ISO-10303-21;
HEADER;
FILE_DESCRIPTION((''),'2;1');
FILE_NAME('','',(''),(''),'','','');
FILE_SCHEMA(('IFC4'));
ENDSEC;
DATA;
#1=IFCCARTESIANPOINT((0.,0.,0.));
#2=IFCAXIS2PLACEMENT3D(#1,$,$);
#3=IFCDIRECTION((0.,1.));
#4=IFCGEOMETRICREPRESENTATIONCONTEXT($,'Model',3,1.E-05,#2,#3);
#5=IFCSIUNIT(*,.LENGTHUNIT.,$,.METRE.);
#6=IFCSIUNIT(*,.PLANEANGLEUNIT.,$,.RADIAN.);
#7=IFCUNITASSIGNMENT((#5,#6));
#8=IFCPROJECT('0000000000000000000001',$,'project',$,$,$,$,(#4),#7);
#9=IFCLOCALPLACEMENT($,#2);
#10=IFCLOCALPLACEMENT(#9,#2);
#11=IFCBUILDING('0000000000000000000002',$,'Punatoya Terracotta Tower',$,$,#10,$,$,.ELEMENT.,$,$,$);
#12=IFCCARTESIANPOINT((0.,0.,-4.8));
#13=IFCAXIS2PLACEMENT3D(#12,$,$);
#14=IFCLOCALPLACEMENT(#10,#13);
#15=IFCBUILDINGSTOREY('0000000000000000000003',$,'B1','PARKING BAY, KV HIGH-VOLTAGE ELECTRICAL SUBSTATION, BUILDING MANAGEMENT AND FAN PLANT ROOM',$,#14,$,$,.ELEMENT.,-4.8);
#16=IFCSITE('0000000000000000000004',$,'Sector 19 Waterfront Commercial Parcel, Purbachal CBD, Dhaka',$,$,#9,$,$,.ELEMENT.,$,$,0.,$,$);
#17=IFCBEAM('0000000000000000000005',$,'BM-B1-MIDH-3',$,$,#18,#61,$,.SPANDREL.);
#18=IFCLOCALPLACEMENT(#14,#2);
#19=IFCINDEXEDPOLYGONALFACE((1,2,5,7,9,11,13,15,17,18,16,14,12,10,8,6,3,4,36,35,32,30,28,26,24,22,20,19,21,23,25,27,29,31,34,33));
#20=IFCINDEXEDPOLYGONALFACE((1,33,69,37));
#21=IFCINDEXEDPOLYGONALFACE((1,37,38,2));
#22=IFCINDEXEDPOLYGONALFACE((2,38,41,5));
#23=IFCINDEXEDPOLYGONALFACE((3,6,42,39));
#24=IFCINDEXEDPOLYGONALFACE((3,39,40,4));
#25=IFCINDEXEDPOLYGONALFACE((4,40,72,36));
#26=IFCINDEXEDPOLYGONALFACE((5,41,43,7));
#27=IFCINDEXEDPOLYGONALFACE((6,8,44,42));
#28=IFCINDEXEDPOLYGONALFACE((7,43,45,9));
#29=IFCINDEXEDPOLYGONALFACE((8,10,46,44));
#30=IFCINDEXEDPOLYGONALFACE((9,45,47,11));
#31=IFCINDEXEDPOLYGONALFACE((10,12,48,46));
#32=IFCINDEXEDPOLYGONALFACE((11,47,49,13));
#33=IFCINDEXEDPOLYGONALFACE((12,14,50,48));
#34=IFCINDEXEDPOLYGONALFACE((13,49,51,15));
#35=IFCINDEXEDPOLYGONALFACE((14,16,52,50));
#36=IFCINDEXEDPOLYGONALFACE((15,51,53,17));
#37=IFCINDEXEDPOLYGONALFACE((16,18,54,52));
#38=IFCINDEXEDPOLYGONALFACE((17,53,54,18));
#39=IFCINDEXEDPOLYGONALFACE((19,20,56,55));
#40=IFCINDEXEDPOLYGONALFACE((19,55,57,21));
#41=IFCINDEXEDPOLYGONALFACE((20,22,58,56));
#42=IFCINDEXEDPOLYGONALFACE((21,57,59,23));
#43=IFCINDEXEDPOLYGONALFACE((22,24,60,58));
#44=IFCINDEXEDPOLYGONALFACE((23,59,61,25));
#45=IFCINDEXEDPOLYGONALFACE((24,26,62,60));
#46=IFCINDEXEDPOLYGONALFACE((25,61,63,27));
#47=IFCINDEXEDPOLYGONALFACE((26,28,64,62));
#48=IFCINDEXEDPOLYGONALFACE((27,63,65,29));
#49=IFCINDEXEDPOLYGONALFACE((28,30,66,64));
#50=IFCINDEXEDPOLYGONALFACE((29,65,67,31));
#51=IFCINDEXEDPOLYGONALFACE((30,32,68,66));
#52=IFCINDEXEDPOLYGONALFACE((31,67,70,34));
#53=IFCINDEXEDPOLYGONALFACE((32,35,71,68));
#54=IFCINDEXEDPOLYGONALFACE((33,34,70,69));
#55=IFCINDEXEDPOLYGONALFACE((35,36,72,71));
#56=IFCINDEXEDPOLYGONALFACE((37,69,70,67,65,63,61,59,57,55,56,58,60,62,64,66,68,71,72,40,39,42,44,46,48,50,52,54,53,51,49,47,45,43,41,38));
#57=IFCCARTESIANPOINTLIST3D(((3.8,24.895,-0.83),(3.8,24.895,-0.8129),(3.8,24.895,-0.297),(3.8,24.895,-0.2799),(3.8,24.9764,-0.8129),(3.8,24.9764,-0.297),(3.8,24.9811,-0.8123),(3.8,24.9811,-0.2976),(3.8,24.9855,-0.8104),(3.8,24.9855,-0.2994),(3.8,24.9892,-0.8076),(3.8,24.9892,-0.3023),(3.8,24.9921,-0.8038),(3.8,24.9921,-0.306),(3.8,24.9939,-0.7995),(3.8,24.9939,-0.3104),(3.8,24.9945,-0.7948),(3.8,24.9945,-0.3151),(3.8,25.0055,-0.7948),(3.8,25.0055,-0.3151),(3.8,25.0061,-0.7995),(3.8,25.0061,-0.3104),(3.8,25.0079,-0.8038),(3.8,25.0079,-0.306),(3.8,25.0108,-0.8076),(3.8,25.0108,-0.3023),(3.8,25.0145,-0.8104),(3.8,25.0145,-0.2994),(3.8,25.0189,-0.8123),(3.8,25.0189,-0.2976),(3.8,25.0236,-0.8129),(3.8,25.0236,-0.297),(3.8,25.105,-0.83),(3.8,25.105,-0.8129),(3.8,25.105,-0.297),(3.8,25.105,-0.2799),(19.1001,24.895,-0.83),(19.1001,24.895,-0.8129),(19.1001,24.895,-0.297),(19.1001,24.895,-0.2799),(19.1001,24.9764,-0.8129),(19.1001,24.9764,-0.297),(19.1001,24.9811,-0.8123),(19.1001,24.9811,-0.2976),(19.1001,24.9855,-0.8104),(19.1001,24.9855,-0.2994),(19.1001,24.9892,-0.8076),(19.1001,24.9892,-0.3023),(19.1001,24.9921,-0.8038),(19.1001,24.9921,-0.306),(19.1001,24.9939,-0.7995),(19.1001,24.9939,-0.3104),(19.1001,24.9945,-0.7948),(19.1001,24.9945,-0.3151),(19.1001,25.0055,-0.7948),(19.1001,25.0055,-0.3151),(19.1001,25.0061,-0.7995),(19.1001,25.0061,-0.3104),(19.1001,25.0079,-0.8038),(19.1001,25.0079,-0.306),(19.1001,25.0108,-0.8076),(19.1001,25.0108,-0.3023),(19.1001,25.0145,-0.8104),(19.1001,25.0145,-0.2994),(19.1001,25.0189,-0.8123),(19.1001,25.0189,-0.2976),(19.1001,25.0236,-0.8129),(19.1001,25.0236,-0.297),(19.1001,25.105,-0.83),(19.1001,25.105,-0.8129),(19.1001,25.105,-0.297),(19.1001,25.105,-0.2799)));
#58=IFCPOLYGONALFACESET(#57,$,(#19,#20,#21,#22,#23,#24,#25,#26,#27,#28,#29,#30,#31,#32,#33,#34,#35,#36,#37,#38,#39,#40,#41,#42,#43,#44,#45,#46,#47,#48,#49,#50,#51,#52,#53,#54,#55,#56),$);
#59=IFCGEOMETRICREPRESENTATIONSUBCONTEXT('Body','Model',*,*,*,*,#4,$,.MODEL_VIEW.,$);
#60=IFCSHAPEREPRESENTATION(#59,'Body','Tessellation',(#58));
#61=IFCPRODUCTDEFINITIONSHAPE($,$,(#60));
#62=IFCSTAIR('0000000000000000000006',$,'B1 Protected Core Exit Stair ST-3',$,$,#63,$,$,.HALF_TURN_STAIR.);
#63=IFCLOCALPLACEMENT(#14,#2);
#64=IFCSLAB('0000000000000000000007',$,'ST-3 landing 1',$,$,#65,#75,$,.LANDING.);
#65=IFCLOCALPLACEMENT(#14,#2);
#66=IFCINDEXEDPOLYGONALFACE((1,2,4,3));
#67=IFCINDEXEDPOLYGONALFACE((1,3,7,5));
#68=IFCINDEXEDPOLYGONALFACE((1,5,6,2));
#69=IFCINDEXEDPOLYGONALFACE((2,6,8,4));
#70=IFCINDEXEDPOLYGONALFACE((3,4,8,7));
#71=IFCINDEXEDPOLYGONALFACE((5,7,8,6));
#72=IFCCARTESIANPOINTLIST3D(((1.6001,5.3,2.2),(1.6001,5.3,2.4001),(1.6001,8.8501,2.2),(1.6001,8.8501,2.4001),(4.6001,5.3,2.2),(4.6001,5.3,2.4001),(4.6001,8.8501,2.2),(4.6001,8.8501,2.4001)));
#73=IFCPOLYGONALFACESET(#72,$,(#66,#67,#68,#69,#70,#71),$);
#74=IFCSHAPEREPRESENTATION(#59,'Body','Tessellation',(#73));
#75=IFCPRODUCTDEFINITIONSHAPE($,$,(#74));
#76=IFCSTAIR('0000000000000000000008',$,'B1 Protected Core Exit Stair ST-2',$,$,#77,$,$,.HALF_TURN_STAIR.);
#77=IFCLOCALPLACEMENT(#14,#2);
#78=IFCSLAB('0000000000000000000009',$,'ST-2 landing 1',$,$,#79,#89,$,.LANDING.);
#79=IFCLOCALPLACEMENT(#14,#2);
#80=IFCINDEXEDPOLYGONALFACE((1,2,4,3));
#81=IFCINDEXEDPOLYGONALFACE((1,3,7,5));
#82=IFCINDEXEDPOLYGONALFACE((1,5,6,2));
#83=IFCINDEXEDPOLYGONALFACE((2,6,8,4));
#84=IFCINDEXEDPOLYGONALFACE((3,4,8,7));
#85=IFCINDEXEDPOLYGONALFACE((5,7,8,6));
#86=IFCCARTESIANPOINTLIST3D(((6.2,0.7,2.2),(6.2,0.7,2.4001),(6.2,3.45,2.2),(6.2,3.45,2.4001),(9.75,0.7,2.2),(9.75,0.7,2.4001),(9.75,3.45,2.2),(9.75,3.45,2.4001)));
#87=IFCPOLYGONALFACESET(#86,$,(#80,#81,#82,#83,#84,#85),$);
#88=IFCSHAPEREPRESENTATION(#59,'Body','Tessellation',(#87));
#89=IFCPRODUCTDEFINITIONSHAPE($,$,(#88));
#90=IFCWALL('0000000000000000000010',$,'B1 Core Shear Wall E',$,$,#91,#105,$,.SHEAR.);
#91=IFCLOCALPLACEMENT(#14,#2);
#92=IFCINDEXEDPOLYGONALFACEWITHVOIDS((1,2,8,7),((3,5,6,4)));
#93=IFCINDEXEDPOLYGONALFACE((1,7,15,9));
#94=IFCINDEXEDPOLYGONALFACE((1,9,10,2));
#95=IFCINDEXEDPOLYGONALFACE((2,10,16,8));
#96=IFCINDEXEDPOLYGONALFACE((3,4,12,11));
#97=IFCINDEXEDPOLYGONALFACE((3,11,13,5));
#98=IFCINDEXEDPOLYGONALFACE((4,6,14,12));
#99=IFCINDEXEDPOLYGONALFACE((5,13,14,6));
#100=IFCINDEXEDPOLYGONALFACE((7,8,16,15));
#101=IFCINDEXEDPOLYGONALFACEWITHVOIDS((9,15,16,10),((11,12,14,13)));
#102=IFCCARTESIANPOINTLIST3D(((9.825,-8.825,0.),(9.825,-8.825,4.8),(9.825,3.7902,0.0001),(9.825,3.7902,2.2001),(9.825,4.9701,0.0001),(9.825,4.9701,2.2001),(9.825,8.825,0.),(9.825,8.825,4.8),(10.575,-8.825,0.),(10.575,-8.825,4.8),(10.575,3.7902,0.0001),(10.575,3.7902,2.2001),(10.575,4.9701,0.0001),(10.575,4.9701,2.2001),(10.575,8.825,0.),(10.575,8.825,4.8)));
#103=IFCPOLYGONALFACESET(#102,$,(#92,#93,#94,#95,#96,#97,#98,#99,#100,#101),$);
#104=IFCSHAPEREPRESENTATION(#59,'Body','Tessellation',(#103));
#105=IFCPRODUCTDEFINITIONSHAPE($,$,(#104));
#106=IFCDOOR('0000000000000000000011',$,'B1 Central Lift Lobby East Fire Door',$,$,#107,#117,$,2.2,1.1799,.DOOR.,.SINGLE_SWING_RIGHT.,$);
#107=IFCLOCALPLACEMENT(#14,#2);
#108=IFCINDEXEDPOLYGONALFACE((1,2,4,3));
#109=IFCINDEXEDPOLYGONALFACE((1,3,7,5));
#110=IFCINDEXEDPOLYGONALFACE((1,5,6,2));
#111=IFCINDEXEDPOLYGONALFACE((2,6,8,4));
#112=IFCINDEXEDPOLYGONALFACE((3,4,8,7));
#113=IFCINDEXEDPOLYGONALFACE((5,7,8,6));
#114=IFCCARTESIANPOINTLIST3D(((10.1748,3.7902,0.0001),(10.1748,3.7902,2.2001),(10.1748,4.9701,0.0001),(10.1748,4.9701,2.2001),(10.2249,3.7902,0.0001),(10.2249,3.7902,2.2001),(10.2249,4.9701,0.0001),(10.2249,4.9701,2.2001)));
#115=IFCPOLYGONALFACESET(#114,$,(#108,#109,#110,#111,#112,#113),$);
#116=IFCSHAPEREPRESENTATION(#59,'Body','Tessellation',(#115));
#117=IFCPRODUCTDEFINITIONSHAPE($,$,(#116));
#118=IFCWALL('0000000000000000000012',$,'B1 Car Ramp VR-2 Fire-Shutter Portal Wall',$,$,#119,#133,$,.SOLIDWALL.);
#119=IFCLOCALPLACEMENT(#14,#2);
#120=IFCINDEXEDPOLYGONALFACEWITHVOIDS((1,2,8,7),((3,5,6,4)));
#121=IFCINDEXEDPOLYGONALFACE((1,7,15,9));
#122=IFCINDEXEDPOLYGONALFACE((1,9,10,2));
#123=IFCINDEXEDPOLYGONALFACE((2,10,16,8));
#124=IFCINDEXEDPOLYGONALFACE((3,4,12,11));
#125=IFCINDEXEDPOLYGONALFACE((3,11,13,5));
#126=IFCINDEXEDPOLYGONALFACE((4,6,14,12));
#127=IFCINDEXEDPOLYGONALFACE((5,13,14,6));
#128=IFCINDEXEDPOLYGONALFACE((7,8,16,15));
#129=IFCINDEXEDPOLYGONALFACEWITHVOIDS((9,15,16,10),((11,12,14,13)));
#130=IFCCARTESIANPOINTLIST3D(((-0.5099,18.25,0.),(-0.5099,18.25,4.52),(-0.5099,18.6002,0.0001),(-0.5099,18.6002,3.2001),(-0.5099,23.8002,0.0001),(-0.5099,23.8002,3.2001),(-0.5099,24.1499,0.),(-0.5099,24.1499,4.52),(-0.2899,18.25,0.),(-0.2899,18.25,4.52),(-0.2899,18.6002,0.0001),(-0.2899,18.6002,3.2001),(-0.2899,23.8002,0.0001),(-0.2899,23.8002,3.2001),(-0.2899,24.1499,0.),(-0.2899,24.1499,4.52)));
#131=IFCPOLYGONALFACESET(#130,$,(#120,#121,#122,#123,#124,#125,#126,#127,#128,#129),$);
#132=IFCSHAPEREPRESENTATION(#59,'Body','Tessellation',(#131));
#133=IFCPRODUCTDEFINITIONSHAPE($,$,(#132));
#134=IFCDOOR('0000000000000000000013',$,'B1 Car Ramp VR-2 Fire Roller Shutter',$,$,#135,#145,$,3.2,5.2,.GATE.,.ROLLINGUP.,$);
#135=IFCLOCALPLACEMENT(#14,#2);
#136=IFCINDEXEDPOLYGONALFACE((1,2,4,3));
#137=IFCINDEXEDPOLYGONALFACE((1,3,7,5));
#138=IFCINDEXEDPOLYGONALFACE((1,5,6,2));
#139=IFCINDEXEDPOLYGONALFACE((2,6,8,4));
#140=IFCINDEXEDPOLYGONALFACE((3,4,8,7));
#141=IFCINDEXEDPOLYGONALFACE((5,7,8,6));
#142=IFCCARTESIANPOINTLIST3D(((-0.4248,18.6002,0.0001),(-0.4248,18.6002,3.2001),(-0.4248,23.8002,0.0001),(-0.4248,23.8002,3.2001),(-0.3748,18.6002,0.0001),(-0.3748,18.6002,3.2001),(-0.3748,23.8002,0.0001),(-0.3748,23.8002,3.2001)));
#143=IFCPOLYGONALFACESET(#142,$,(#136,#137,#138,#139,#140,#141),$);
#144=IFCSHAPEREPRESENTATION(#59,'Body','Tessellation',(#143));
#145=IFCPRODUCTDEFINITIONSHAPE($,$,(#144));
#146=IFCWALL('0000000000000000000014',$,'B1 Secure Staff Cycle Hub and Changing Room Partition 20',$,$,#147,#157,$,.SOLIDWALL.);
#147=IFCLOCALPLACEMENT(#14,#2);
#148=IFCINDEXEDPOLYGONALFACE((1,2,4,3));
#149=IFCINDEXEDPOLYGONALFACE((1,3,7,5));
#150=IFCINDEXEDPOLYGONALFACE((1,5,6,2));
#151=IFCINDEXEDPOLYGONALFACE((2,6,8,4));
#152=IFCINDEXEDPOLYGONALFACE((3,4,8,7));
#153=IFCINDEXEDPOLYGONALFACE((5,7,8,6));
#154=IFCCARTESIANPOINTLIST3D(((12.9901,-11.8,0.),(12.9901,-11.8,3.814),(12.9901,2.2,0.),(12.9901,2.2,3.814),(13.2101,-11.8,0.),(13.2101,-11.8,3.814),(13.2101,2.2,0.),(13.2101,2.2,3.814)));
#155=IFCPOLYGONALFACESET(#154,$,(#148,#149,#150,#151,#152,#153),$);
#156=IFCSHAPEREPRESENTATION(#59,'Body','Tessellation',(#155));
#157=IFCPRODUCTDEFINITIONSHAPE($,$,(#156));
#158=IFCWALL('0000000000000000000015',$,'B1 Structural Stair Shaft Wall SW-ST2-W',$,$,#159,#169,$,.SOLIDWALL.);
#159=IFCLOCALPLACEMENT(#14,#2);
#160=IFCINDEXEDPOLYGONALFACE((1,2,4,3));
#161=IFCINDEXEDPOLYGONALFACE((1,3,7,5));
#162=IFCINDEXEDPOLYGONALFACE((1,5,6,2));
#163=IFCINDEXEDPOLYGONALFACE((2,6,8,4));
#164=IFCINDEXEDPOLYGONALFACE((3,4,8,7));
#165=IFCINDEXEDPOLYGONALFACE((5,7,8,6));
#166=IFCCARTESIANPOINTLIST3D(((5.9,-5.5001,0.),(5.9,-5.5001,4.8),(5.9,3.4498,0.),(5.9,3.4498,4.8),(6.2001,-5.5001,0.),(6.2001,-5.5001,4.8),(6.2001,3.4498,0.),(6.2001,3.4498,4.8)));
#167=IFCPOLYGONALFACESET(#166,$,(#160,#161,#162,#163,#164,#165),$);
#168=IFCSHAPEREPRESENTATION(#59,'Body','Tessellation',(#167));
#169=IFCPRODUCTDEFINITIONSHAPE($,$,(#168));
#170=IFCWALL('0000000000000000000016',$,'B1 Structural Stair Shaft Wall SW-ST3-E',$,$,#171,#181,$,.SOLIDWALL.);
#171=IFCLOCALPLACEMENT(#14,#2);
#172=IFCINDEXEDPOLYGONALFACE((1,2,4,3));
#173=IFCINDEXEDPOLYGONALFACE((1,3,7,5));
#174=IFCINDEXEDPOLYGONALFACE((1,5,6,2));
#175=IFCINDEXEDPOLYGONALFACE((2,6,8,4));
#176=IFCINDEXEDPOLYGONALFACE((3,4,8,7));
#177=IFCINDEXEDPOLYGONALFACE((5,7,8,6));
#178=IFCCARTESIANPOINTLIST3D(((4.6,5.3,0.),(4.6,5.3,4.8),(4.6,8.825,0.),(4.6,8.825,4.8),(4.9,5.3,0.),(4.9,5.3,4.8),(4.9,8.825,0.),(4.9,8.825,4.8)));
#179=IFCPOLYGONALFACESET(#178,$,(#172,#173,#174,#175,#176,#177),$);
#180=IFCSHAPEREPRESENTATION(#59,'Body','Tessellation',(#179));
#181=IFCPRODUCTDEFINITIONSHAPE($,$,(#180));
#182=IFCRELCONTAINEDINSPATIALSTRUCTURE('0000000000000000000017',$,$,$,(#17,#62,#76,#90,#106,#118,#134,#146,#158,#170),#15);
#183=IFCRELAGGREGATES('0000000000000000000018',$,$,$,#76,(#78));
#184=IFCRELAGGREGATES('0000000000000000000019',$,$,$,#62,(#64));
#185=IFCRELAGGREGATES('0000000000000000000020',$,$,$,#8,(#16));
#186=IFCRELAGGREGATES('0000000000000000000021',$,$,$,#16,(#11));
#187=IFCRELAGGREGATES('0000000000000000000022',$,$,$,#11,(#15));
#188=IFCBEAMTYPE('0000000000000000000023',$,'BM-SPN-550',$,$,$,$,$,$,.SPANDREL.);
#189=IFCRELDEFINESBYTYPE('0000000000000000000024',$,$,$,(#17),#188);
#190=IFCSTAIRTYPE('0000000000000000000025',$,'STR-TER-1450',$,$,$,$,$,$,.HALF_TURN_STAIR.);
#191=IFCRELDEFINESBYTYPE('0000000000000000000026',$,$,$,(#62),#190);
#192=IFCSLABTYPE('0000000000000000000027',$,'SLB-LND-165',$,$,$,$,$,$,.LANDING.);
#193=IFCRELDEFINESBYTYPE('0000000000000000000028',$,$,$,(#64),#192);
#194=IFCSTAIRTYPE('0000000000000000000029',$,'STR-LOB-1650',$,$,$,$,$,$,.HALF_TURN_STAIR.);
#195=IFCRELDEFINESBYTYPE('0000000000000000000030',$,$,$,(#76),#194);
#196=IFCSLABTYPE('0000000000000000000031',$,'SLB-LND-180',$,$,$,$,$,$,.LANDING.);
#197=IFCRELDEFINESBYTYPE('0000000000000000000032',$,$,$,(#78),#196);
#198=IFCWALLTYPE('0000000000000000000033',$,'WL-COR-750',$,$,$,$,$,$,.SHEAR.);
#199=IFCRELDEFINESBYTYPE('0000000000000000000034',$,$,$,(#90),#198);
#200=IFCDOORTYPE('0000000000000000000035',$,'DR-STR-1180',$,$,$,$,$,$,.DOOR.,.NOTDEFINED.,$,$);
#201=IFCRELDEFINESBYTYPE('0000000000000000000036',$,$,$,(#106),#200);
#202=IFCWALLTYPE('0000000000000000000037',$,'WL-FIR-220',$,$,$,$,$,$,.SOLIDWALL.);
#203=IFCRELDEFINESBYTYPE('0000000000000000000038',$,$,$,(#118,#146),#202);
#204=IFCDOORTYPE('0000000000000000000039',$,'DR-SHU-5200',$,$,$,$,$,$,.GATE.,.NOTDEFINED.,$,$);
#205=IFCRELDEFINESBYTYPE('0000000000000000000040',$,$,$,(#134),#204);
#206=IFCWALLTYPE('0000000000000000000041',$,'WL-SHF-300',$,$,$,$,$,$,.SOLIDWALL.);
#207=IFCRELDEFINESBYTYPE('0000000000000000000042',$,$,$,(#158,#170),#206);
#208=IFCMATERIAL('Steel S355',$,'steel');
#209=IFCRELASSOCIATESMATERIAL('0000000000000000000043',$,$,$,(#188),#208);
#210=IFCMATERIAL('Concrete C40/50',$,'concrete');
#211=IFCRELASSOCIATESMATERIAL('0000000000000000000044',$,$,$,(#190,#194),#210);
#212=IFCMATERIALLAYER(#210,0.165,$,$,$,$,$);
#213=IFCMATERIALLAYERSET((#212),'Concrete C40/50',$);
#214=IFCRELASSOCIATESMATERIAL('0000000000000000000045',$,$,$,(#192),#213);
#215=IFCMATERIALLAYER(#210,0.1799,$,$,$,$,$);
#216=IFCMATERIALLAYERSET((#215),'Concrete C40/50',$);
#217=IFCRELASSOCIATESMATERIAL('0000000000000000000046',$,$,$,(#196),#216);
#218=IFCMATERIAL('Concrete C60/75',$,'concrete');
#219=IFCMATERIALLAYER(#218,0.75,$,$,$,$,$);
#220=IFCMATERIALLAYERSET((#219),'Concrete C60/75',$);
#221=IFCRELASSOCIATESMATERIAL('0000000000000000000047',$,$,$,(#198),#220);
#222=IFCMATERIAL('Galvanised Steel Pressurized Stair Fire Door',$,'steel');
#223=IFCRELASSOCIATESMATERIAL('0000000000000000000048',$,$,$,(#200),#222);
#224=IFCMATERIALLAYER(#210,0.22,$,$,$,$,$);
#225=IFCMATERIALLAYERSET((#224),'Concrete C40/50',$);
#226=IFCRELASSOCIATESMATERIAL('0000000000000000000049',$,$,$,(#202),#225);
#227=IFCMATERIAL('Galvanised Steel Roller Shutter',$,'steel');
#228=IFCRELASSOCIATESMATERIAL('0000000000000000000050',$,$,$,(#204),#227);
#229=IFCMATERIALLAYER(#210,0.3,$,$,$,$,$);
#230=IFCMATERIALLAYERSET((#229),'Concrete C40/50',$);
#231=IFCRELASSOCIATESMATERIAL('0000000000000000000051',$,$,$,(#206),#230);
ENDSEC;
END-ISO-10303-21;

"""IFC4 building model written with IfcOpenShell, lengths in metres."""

from ifc_helpers import new_model, si_unit, direction, frame, frame_2d, origin, origin_2d, place, context, subcontext, project, spatial, polyline, rectangle, i_section, outline, extrude, material, layer, layer_set, material_profile, profile_set, type_object, element, fill, aggregate, save


model = new_model("IFC4")

# Units and contexts
model_context = context("Model", 3, precision=1e-05, world=origin(), true_north=direction((0.0, 1.0)))
body_context = subcontext(model_context, "Body", "Model", "MODEL_VIEW")
ifc_project = project(units=[si_unit("LENGTHUNIT", "METRE"), si_unit("PLANEANGLEUNIT", "RADIAN")], contexts=[model_context])

# Site, building, storey
site_placement = place(None, origin())
site = spatial("IfcSite", under=ifc_project, at=site_placement, Name="Sector 19 Waterfront Commercial Parcel, Purbachal CBD, Dhaka", CompositionType="ELEMENT", RefElevation=0.0)
building_placement = place(site_placement, origin())
building = spatial("IfcBuilding", under=site, at=building_placement, Name="Punatoya Terracotta Tower", CompositionType="ELEMENT")
storey_placement = place(building_placement, frame((0.0, 0.0, -4.8)))
storey = spatial("IfcBuildingStorey", under=building, at=storey_placement, Name="B1", Description="PARKING BAY, KV HIGH-VOLTAGE ELECTRICAL SUBSTATION, BUILDING MANAGEMENT AND FAN PLANT ROOM", CompositionType="ELEMENT", Elevation=-4.8)

# Shared definitions
ifc_material_1 = material(Name="Concrete C60/75", Category="concrete")

# Beam
ifc_material_2 = material(Name="Steel S355", Category="steel")
ifc_material_profile_1 = material_profile(ifc_material_2, i_section(OverallWidth=0.21, OverallDepth=0.55, WebThickness=0.011, FlangeThickness=0.0171, FilletRadius=0.0181, at=origin_2d()))
ifc_profile_set_1 = profile_set([ifc_material_profile_1], Name="Steel S355")
beam_type_1 = type_object("IfcBeamType", Name="BM-SPN-550", PredefinedType="SPANDREL", material=ifc_profile_set_1)
beam_1_placement = place(storey_placement, frame((3.8, 25.0, -0.5549), z_axis=(1.0, 0.0, 0.0), x_axis=(0.0, 1.0, 0.0)))
element("IfcBeam", 1, at=beam_1_placement, inside=storey, type_object=beam_type_1, Name="BM-B1-MIDH-3", PredefinedType="SPANDREL", context=body_context, shape_type="SweptSolid", body=[
    extrude(i_section(OverallWidth=0.21, OverallDepth=0.55, WebThickness=0.011, FlangeThickness=0.0171, FilletRadius=0.0181, at=origin_2d()), origin(), (0.0, 0.0, 1.0), 15.3),
])

# Stairs, slabs
ifc_material_3 = material(Name="Concrete C40/50", Category="concrete")
stair_type_1 = type_object("IfcStairType", Name="STR-TER-1450", PredefinedType="HALF_TURN_STAIR", material=ifc_material_3)
stair_1_placement = place(storey_placement, origin())
stair_1 = element("IfcStair", 2, at=stair_1_placement, inside=storey, type_object=stair_type_1, Name="B1 Protected Core Exit Stair ST-3", PredefinedType="HALF_TURN_STAIR")
ifc_layer_1 = layer(ifc_material_3, 0.165)
ifc_layer_set_1 = layer_set([ifc_layer_1], Name="Concrete C40/50")
slab_type_1 = type_object("IfcSlabType", Name="SLB-LND-165", PredefinedType="LANDING", material=ifc_layer_set_1)
slab_1_placement = place(storey_placement, frame((0.0, 0.0, 2.2)))
slab_1 = element("IfcSlab", 3, at=slab_1_placement, type_object=slab_type_1, Name="ST-3 landing 1", PredefinedType="LANDING", context=body_context, shape_type="SweptSolid", body=[
    extrude(outline(polyline([(1.6001, 5.3), (4.6001, 5.3), (4.6001, 8.8501), (1.6001, 8.8501), (1.6001, 5.3)])), origin(), (0.0, 0.0, 1.0), 0.2002),
])
stair_type_2 = type_object("IfcStairType", Name="STR-LOB-1650", PredefinedType="HALF_TURN_STAIR", material=ifc_material_3)
stair_2_placement = place(storey_placement, origin())
stair_2 = element("IfcStair", 4, at=stair_2_placement, inside=storey, type_object=stair_type_2, Name="B1 Protected Core Exit Stair ST-2", PredefinedType="HALF_TURN_STAIR")
ifc_layer_2 = layer(ifc_material_3, 0.1799)
ifc_layer_set_2 = layer_set([ifc_layer_2], Name="Concrete C40/50")
slab_type_2 = type_object("IfcSlabType", Name="SLB-LND-180", PredefinedType="LANDING", material=ifc_layer_set_2)
slab_2_placement = place(storey_placement, frame((0.0, 0.0, 2.2)))
slab_2 = element("IfcSlab", 5, at=slab_2_placement, type_object=slab_type_2, Name="ST-2 landing 1", PredefinedType="LANDING", context=body_context, shape_type="SweptSolid", body=[
    extrude(outline(polyline([(9.75, 0.7), (9.75, 3.45), (6.2, 3.45), (6.2, 0.7), (9.75, 0.7)])), origin(), (0.0, 0.0, 1.0), 0.2002),
])

# Walls, openings, doors
ifc_layer_3 = layer(ifc_material_1, 0.75)
ifc_layer_set_3 = layer_set([ifc_layer_3], Name="Concrete C60/75")
wall_type_1 = type_object("IfcWallType", Name="WL-COR-750", PredefinedType="SHEAR", material=ifc_layer_set_3)
wall_1_placement = place(storey_placement, frame((10.2, 8.825, 0.0), z_axis=(0.0, 0.0, 1.0), x_axis=(0.0, -1.0, 0.0)))
wall_1 = element("IfcWall", 6, at=wall_1_placement, inside=storey, type_object=wall_type_1, Name="B1 Core Shear Wall E", PredefinedType="SHEAR", context=body_context, shape_type="SweptSolid", body=[
    extrude(rectangle(XDim=17.6499, YDim=0.75, at=frame_2d((8.825, 0.0))), origin(), (0.0, 0.0, 1.0), 4.8),
])
opening_1_placement = place(wall_1_placement, frame((3.855, 0.0, 0.0)))
opening_1 = element("IfcOpeningElement", 7, at=opening_1_placement, cuts=wall_1, PredefinedType="OPENING", context=body_context, shape_type="SweptSolid", body=[
    extrude(rectangle(XDim=1.1799, YDim=2.2, at=frame_2d((0.5898, 1.1001))), frame((0.0, 0.385, 0.0), z_axis=(0.0, -1.0, 0.0), x_axis=(1.0, 0.0, 0.0)), (0.0, 0.0, 1.0), 0.77),
])
ifc_material_4 = material(Name="Galvanised Steel Pressurized Stair Fire Door", Category="steel")
door_type_1 = type_object("IfcDoorType", Name="DR-STR-1180", OperationType="NOTDEFINED", PredefinedType="DOOR", material=ifc_material_4)
door_1_placement = place(opening_1_placement, origin())
door_1 = element("IfcDoor", 8, at=door_1_placement, inside=storey, type_object=door_type_1, Name="B1 Central Lift Lobby East Fire Door", OperationType="SINGLE_SWING_RIGHT", OverallHeight=2.2, OverallWidth=1.1799, PredefinedType="DOOR", context=body_context, shape_type="SweptSolid", body=[
    extrude(rectangle(XDim=1.1799, YDim=2.2, at=frame_2d((0.5898, 1.1001))), frame((0.0, 0.0249, 0.0), z_axis=(0.0, -1.0, 0.0), x_axis=(1.0, 0.0, 0.0)), (0.0, 0.0, 1.0), 0.05),
])
fill(opening_1, door_1)
ifc_layer_4 = layer(ifc_material_3, 0.22)
ifc_layer_set_4 = layer_set([ifc_layer_4], Name="Concrete C40/50")
wall_type_2 = type_object("IfcWallType", Name="WL-FIR-220", PredefinedType="SOLIDWALL", material=ifc_layer_set_4)
wall_2_placement = place(storey_placement, frame((-0.3999, 18.25, 0.0), z_axis=(0.0, 0.0, 1.0), x_axis=(0.0, 1.0, 0.0)))
wall_2 = element("IfcWall", 9, at=wall_2_placement, inside=storey, type_object=wall_type_2, Name="B1 Car Ramp VR-2 Fire-Shutter Portal Wall", PredefinedType="SOLIDWALL", context=body_context, shape_type="SweptSolid", body=[
    extrude(rectangle(XDim=5.8999, YDim=0.22, at=frame_2d((2.95, 0.0))), origin(), (0.0, 0.0, 1.0), 4.52),
])
opening_2_placement = place(wall_2_placement, frame((0.3501, 0.0, 0.0)))
opening_2 = element("IfcOpeningElement", 10, at=opening_2_placement, cuts=wall_2, PredefinedType="OPENING", context=body_context, shape_type="SweptSolid", body=[
    extrude(rectangle(XDim=5.2, YDim=3.2, at=frame_2d((2.6001, 1.6001))), frame((0.0, 0.1199, 0.0), z_axis=(0.0, -1.0, 0.0), x_axis=(1.0, 0.0, 0.0)), (0.0, 0.0, 1.0), 0.24),
])
ifc_material_5 = material(Name="Galvanised Steel Roller Shutter", Category="steel")
door_type_2 = type_object("IfcDoorType", Name="DR-SHU-5200", OperationType="NOTDEFINED", PredefinedType="GATE", material=ifc_material_5)
door_2_placement = place(opening_2_placement, origin())
door_2 = element("IfcDoor", 11, at=door_2_placement, inside=storey, type_object=door_type_2, Name="B1 Car Ramp VR-2 Fire Roller Shutter", OperationType="ROLLINGUP", OverallHeight=3.2, OverallWidth=5.2, PredefinedType="GATE", context=body_context, shape_type="SweptSolid", body=[
    extrude(rectangle(XDim=5.2, YDim=3.2, at=frame_2d((2.6001, 1.6001))), frame((0.0, 0.0249, 0.0), z_axis=(0.0, -1.0, 0.0), x_axis=(1.0, 0.0, 0.0)), (0.0, 0.0, 1.0), 0.05),
])
fill(opening_2, door_2)

# Walls
wall_3_placement = place(storey_placement, frame((13.1001, 2.2, 0.0), z_axis=(0.0, 0.0, 1.0), x_axis=(0.0, -1.0, 0.0)))
element("IfcWall", 12, at=wall_3_placement, inside=storey, type_object=wall_type_2, Name="B1 Secure Staff Cycle Hub and Changing Room Partition 20", PredefinedType="SOLIDWALL", context=body_context, shape_type="SweptSolid", body=[
    extrude(rectangle(XDim=14.0, YDim=0.22, at=frame_2d((7.0, 0.0))), origin(), (0.0, 0.0, 1.0), 3.814),
])
ifc_layer_5 = layer(ifc_material_3, 0.3)
ifc_layer_set_5 = layer_set([ifc_layer_5], Name="Concrete C40/50")
wall_type_3 = type_object("IfcWallType", Name="WL-SHF-300", PredefinedType="SOLIDWALL", material=ifc_layer_set_5)
wall_4_placement = place(storey_placement, frame((6.05, 3.45, 0.0), z_axis=(0.0, 0.0, 1.0), x_axis=(0.0, -1.0, 0.0)))
element("IfcWall", 13, at=wall_4_placement, inside=storey, type_object=wall_type_3, Name="B1 Structural Stair Shaft Wall SW-ST2-W", PredefinedType="SOLIDWALL", context=body_context, shape_type="SweptSolid", body=[
    extrude(rectangle(XDim=8.95, YDim=0.3, at=frame_2d((4.4751, 0.0))), origin(), (0.0, 0.0, 1.0), 4.8),
])
wall_5_placement = place(storey_placement, frame((4.75, 8.825, 0.0), z_axis=(0.0, 0.0, 1.0), x_axis=(0.0, -1.0, 0.0)))
element("IfcWall", 14, at=wall_5_placement, inside=storey, type_object=wall_type_3, Name="B1 Structural Stair Shaft Wall SW-ST3-E", PredefinedType="SOLIDWALL", context=body_context, shape_type="SweptSolid", body=[
    extrude(rectangle(XDim=3.5249, YDim=0.3, at=frame_2d((1.7625, 0.0))), origin(), (0.0, 0.0, 1.0), 4.8),
])

aggregate(stair_2, [slab_2])
aggregate(stair_1, [slab_1])

save(model, "model.ifc")
